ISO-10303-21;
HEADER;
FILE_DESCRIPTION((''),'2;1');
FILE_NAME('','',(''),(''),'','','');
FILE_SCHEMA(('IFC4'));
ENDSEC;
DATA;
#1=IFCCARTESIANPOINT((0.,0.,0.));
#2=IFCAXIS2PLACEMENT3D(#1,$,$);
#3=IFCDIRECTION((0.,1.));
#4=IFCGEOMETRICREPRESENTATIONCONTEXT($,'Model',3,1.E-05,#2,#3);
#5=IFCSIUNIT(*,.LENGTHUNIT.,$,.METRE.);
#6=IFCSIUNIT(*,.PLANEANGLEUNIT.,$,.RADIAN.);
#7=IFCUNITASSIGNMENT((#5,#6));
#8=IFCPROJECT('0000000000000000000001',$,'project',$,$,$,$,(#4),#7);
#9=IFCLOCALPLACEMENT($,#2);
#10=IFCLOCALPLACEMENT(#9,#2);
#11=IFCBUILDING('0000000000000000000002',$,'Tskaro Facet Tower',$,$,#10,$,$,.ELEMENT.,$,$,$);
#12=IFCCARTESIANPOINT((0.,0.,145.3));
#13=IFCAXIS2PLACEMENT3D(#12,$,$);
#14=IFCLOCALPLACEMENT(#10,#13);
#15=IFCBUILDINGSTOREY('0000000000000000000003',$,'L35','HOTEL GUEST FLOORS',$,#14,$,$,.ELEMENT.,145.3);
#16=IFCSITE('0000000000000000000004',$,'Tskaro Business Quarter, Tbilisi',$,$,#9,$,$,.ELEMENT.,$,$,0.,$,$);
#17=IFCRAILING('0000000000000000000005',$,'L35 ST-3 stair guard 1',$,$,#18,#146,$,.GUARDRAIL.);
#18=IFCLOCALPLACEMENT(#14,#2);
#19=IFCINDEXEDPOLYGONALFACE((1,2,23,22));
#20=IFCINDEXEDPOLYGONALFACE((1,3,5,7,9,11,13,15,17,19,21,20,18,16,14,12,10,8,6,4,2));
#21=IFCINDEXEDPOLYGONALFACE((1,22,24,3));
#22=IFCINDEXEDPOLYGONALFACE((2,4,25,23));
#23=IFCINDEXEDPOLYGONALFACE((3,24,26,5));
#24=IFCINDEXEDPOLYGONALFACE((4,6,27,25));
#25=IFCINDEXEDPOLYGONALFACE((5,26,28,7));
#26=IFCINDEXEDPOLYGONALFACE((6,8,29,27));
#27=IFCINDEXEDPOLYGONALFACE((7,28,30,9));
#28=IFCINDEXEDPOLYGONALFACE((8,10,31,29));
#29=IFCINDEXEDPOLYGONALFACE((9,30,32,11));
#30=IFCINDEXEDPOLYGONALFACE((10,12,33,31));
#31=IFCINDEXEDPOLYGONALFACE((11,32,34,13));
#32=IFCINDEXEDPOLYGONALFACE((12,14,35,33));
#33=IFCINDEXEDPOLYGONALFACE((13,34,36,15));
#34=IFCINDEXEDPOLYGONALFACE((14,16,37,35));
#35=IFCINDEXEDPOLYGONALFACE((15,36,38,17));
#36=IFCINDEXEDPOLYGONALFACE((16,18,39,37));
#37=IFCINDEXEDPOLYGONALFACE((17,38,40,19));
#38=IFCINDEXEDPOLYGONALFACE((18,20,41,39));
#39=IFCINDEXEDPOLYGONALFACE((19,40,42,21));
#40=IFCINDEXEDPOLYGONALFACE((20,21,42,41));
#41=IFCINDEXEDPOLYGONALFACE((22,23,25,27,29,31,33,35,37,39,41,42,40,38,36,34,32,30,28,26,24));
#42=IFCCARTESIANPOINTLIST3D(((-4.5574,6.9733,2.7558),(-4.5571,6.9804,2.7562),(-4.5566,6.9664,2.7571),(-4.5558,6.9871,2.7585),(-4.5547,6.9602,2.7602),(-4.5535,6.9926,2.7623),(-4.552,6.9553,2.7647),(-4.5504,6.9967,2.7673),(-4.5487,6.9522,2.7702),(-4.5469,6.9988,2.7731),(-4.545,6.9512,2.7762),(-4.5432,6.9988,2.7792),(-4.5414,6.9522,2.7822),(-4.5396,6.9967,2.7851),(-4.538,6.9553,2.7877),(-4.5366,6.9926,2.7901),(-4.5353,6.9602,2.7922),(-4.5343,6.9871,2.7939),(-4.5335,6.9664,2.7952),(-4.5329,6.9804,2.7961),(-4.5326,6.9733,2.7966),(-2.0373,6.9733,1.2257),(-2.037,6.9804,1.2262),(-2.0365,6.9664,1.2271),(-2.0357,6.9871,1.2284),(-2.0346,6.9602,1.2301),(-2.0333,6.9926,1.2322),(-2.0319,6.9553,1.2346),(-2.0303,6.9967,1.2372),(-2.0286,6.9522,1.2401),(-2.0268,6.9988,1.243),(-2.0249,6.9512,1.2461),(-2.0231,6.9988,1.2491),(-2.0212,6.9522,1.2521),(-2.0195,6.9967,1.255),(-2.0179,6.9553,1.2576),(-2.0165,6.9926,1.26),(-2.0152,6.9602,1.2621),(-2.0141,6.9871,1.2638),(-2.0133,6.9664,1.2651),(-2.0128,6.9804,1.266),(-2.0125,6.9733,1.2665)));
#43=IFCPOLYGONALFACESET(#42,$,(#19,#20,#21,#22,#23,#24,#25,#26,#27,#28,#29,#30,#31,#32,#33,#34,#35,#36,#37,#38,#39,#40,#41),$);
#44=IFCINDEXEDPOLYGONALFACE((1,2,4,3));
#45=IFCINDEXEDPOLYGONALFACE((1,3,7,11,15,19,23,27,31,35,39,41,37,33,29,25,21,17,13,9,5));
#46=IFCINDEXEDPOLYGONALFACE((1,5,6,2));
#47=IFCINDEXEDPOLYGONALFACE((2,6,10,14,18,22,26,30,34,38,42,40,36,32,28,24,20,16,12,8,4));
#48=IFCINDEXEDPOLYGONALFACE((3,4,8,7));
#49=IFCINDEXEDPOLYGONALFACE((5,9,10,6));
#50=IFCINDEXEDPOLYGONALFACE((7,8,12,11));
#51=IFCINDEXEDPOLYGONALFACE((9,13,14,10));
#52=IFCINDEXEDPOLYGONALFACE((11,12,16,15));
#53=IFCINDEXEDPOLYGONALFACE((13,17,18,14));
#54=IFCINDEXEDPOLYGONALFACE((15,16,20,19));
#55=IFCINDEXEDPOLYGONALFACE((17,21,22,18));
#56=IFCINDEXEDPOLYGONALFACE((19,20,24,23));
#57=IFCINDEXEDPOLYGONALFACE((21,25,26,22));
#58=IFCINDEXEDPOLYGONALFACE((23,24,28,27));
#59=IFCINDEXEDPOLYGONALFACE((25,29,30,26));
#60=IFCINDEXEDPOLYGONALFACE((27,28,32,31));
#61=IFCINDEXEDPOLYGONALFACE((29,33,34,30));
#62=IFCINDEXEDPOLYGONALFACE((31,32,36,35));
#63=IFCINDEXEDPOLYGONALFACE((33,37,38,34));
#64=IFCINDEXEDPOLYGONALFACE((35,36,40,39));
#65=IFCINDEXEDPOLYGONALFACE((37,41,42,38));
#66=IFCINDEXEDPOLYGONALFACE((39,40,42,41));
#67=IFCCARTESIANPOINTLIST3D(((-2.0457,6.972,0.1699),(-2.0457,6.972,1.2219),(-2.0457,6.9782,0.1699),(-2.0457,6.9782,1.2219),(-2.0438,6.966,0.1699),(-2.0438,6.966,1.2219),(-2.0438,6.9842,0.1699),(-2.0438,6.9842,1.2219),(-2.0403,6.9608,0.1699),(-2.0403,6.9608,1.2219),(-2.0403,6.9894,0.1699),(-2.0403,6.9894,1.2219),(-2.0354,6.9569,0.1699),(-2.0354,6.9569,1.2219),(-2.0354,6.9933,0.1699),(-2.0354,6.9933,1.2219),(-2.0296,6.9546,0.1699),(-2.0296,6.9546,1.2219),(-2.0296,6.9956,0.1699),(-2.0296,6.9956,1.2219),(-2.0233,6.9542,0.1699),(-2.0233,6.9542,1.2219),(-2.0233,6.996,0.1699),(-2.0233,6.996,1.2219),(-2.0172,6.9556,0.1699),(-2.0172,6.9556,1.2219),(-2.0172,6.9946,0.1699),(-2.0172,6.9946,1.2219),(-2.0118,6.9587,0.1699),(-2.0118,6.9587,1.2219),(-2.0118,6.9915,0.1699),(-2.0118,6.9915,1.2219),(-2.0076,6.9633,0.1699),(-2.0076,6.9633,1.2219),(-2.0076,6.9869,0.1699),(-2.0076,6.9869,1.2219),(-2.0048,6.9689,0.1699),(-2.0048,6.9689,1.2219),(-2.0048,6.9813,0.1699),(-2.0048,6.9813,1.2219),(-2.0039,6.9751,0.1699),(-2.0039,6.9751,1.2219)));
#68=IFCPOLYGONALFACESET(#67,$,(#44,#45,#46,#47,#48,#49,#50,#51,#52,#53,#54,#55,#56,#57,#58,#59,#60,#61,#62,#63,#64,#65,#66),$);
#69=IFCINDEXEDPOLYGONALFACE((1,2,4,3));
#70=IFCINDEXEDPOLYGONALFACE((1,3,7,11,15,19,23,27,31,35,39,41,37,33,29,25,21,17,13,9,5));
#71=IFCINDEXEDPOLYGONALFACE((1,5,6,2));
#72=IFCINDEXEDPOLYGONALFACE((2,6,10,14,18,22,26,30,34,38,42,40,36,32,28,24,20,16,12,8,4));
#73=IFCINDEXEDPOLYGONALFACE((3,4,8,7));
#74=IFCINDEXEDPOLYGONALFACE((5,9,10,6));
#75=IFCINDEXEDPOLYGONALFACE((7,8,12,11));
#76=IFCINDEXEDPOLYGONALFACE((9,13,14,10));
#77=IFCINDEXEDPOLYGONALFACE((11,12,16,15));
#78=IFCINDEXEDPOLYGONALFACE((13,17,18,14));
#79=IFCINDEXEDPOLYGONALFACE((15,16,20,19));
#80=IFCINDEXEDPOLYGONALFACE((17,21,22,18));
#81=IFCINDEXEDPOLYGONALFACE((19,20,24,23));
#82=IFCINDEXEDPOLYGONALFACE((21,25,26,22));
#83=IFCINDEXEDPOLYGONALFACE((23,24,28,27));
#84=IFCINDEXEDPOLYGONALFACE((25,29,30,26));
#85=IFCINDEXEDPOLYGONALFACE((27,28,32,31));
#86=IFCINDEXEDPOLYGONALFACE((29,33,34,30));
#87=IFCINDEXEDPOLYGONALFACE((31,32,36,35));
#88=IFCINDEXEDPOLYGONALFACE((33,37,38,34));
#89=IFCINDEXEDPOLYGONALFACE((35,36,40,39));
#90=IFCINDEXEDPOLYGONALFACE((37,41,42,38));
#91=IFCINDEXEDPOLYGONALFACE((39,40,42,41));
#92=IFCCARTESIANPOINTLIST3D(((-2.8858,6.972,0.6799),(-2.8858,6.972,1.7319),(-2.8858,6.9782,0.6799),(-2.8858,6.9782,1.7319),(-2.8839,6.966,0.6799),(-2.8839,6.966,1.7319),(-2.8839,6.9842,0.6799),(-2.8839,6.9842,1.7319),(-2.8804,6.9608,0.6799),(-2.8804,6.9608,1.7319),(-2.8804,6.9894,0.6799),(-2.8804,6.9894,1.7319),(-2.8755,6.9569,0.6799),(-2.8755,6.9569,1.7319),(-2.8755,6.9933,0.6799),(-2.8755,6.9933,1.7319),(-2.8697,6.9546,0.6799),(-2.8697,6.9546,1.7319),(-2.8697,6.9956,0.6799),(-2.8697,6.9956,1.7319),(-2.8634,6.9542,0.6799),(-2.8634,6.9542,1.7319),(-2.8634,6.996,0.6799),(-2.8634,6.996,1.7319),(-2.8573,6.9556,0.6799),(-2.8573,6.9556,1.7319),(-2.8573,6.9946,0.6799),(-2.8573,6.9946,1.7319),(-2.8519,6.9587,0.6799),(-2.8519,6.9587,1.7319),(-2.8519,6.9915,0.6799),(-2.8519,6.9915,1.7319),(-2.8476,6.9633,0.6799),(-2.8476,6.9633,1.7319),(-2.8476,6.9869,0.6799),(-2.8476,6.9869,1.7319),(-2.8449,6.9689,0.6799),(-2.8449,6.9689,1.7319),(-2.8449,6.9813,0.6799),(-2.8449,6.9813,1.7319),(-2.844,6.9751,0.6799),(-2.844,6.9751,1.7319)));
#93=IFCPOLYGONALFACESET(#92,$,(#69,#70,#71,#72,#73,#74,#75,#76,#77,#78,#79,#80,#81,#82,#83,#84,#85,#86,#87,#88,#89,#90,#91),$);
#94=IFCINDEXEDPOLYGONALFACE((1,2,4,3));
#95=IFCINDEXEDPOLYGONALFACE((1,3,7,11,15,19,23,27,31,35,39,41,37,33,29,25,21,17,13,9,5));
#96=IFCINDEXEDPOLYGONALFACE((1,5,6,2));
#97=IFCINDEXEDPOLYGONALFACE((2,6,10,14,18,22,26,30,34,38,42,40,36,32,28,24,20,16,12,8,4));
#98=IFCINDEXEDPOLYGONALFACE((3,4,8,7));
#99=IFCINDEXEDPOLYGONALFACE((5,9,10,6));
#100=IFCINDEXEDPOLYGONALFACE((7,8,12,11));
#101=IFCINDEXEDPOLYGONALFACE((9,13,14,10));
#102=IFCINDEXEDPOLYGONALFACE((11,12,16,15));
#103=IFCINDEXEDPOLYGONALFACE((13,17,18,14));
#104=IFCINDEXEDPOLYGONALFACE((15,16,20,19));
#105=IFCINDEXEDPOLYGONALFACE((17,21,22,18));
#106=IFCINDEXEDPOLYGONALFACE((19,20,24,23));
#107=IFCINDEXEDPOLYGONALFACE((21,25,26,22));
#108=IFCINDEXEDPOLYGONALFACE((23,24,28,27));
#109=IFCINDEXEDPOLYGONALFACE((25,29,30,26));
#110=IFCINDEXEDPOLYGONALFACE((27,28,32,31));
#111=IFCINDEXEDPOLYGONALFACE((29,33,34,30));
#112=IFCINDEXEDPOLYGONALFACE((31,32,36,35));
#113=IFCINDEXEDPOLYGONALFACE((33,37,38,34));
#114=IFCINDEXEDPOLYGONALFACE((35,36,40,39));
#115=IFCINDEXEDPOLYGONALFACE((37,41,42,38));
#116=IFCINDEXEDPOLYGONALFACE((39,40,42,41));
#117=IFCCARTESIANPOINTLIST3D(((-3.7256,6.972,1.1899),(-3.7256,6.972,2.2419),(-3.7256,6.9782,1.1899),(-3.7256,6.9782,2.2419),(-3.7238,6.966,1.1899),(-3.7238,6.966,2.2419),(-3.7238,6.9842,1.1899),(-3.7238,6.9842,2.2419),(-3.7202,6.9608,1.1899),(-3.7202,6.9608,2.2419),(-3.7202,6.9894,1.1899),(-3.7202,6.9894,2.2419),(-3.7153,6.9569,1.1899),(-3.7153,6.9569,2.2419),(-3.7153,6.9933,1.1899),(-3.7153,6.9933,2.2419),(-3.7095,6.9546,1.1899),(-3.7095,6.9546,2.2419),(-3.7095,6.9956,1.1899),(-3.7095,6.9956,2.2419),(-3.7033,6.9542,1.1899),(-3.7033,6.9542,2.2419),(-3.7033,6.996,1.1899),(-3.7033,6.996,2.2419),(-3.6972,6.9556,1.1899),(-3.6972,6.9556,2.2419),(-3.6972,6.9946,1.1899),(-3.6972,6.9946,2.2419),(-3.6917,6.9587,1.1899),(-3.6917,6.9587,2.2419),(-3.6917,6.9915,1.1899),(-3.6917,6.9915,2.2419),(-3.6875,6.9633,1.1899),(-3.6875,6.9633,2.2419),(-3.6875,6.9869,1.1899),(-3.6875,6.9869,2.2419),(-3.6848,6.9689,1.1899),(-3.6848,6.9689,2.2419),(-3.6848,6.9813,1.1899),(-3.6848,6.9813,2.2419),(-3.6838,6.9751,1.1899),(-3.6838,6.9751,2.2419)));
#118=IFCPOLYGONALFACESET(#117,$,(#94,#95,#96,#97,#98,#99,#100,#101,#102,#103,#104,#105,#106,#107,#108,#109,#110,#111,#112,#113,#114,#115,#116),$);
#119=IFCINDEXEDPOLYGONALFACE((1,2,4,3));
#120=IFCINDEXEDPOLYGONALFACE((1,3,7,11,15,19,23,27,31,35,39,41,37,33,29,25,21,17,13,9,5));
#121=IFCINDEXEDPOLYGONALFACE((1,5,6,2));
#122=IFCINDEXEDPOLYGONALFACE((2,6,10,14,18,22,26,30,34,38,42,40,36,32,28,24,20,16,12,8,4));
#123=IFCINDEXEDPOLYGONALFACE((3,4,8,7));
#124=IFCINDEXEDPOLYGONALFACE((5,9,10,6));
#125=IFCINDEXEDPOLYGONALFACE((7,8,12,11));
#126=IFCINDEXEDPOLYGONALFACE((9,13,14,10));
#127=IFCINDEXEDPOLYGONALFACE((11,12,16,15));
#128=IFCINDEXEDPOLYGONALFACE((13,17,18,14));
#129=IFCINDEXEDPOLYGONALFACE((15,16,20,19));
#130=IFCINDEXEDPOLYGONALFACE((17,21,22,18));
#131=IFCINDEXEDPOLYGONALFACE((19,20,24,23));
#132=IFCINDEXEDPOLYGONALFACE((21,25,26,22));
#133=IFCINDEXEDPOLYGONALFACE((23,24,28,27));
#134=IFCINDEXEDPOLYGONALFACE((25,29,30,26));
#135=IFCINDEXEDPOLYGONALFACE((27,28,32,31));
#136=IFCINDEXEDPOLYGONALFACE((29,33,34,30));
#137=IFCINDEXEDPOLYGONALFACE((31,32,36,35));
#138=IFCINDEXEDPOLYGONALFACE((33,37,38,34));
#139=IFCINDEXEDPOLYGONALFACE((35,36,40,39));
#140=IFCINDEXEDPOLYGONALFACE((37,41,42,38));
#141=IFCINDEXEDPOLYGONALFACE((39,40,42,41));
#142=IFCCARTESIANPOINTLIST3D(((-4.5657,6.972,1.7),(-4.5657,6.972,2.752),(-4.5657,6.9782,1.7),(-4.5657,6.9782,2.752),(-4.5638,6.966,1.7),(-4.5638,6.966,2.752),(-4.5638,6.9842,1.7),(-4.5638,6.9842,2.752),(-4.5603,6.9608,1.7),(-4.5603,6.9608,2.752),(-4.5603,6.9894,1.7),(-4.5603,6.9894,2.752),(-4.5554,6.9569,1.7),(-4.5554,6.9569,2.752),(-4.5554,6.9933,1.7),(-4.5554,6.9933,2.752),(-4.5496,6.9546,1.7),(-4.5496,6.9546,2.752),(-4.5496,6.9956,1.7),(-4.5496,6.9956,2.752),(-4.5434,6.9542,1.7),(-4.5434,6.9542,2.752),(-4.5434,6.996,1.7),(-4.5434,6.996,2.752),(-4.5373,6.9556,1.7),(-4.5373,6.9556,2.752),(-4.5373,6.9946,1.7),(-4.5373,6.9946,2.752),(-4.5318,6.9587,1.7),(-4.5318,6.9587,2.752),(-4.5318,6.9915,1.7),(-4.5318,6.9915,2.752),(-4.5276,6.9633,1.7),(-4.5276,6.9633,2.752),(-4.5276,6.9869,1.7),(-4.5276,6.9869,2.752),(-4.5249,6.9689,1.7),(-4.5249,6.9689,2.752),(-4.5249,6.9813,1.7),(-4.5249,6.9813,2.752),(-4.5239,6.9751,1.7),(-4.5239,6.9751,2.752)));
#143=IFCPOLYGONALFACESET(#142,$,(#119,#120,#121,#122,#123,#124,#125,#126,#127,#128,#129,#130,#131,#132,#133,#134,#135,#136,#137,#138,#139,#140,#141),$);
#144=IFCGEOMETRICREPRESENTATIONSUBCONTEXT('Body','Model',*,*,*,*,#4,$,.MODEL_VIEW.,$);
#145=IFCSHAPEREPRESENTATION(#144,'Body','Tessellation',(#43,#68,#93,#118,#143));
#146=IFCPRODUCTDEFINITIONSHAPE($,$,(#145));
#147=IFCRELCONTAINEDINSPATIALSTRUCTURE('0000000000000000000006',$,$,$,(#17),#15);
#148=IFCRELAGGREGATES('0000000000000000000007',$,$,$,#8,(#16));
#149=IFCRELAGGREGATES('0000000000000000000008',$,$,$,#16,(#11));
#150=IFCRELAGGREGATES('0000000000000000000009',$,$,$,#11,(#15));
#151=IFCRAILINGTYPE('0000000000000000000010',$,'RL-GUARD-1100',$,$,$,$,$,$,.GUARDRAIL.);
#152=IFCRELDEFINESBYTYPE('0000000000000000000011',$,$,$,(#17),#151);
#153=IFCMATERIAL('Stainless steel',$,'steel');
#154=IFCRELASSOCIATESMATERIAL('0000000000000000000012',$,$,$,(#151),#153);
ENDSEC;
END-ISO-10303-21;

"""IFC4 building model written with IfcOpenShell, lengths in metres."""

from ifc_helpers import new_model, si_unit, direction, frame, origin, origin_2d, place, context, subcontext, project, spatial, circle, extrude, material, type_object, element, save


model = new_model("IFC4")

# Units and contexts
model_context = context("Model", 3, precision=1e-05, world=origin(), true_north=direction((0.0, 1.0)))
body_context = subcontext(model_context, "Body", "Model", "MODEL_VIEW")
ifc_project = project(units=[si_unit("LENGTHUNIT", "METRE"), si_unit("PLANEANGLEUNIT", "RADIAN")], contexts=[model_context])

# Site, building, storey
site_placement = place(None, origin())
site = spatial("IfcSite", under=ifc_project, at=site_placement, Name="Tskaro Business Quarter, Tbilisi", CompositionType="ELEMENT", RefElevation=0.0)
building_placement = place(site_placement, origin())
building = spatial("IfcBuilding", under=site, at=building_placement, Name="Tskaro Facet Tower", CompositionType="ELEMENT")
storey_placement = place(building_placement, frame((0.0, 0.0, 145.3)))
storey = spatial("IfcBuildingStorey", under=building, at=storey_placement, Name="L35", Description="HOTEL GUEST FLOORS", CompositionType="ELEMENT", Elevation=145.3)

# Railing
ifc_material_1 = material(Name="Stainless steel", Category="steel")
railing_type_1 = type_object("IfcRailingType", Name="RL-GUARD-1100", PredefinedType="GUARDRAIL", material=ifc_material_1)
railing_1_placement = place(storey_placement, frame((-2.0249, 6.9751, 0.1699)))
element("IfcRailing", 1, at=railing_1_placement, inside=storey, type_object=railing_type_1, Name="L35 ST-3 stair guard 1", PredefinedType="GUARDRAIL", context=body_context, shape_type="SweptSolid", body=[
    extrude(circle(Radius=0.0239, at=origin_2d()), frame((0.0, 0.0, 1.0762), z_axis=(-0.854785, 0.0, 0.518982), x_axis=(0.0, -1.0, 0.0)), (0.0, 0.0, 1.0), 2.9482),
    extrude(circle(Radius=0.021, at=origin_2d()), origin(), (0.0, 0.0, 1.0), 1.052),
    extrude(circle(Radius=0.021, at=origin_2d()), frame((-0.8401, 0.0, 0.51)), (0.0, 0.0, 1.0), 1.052),
    extrude(circle(Radius=0.021, at=origin_2d()), frame((-1.6799, 0.0, 1.02)), (0.0, 0.0, 1.0), 1.052),
    extrude(circle(Radius=0.021, at=origin_2d()), frame((-2.52, 0.0, 1.53)), (0.0, 0.0, 1.0), 1.052),
])

save(model, "model.ifc")
